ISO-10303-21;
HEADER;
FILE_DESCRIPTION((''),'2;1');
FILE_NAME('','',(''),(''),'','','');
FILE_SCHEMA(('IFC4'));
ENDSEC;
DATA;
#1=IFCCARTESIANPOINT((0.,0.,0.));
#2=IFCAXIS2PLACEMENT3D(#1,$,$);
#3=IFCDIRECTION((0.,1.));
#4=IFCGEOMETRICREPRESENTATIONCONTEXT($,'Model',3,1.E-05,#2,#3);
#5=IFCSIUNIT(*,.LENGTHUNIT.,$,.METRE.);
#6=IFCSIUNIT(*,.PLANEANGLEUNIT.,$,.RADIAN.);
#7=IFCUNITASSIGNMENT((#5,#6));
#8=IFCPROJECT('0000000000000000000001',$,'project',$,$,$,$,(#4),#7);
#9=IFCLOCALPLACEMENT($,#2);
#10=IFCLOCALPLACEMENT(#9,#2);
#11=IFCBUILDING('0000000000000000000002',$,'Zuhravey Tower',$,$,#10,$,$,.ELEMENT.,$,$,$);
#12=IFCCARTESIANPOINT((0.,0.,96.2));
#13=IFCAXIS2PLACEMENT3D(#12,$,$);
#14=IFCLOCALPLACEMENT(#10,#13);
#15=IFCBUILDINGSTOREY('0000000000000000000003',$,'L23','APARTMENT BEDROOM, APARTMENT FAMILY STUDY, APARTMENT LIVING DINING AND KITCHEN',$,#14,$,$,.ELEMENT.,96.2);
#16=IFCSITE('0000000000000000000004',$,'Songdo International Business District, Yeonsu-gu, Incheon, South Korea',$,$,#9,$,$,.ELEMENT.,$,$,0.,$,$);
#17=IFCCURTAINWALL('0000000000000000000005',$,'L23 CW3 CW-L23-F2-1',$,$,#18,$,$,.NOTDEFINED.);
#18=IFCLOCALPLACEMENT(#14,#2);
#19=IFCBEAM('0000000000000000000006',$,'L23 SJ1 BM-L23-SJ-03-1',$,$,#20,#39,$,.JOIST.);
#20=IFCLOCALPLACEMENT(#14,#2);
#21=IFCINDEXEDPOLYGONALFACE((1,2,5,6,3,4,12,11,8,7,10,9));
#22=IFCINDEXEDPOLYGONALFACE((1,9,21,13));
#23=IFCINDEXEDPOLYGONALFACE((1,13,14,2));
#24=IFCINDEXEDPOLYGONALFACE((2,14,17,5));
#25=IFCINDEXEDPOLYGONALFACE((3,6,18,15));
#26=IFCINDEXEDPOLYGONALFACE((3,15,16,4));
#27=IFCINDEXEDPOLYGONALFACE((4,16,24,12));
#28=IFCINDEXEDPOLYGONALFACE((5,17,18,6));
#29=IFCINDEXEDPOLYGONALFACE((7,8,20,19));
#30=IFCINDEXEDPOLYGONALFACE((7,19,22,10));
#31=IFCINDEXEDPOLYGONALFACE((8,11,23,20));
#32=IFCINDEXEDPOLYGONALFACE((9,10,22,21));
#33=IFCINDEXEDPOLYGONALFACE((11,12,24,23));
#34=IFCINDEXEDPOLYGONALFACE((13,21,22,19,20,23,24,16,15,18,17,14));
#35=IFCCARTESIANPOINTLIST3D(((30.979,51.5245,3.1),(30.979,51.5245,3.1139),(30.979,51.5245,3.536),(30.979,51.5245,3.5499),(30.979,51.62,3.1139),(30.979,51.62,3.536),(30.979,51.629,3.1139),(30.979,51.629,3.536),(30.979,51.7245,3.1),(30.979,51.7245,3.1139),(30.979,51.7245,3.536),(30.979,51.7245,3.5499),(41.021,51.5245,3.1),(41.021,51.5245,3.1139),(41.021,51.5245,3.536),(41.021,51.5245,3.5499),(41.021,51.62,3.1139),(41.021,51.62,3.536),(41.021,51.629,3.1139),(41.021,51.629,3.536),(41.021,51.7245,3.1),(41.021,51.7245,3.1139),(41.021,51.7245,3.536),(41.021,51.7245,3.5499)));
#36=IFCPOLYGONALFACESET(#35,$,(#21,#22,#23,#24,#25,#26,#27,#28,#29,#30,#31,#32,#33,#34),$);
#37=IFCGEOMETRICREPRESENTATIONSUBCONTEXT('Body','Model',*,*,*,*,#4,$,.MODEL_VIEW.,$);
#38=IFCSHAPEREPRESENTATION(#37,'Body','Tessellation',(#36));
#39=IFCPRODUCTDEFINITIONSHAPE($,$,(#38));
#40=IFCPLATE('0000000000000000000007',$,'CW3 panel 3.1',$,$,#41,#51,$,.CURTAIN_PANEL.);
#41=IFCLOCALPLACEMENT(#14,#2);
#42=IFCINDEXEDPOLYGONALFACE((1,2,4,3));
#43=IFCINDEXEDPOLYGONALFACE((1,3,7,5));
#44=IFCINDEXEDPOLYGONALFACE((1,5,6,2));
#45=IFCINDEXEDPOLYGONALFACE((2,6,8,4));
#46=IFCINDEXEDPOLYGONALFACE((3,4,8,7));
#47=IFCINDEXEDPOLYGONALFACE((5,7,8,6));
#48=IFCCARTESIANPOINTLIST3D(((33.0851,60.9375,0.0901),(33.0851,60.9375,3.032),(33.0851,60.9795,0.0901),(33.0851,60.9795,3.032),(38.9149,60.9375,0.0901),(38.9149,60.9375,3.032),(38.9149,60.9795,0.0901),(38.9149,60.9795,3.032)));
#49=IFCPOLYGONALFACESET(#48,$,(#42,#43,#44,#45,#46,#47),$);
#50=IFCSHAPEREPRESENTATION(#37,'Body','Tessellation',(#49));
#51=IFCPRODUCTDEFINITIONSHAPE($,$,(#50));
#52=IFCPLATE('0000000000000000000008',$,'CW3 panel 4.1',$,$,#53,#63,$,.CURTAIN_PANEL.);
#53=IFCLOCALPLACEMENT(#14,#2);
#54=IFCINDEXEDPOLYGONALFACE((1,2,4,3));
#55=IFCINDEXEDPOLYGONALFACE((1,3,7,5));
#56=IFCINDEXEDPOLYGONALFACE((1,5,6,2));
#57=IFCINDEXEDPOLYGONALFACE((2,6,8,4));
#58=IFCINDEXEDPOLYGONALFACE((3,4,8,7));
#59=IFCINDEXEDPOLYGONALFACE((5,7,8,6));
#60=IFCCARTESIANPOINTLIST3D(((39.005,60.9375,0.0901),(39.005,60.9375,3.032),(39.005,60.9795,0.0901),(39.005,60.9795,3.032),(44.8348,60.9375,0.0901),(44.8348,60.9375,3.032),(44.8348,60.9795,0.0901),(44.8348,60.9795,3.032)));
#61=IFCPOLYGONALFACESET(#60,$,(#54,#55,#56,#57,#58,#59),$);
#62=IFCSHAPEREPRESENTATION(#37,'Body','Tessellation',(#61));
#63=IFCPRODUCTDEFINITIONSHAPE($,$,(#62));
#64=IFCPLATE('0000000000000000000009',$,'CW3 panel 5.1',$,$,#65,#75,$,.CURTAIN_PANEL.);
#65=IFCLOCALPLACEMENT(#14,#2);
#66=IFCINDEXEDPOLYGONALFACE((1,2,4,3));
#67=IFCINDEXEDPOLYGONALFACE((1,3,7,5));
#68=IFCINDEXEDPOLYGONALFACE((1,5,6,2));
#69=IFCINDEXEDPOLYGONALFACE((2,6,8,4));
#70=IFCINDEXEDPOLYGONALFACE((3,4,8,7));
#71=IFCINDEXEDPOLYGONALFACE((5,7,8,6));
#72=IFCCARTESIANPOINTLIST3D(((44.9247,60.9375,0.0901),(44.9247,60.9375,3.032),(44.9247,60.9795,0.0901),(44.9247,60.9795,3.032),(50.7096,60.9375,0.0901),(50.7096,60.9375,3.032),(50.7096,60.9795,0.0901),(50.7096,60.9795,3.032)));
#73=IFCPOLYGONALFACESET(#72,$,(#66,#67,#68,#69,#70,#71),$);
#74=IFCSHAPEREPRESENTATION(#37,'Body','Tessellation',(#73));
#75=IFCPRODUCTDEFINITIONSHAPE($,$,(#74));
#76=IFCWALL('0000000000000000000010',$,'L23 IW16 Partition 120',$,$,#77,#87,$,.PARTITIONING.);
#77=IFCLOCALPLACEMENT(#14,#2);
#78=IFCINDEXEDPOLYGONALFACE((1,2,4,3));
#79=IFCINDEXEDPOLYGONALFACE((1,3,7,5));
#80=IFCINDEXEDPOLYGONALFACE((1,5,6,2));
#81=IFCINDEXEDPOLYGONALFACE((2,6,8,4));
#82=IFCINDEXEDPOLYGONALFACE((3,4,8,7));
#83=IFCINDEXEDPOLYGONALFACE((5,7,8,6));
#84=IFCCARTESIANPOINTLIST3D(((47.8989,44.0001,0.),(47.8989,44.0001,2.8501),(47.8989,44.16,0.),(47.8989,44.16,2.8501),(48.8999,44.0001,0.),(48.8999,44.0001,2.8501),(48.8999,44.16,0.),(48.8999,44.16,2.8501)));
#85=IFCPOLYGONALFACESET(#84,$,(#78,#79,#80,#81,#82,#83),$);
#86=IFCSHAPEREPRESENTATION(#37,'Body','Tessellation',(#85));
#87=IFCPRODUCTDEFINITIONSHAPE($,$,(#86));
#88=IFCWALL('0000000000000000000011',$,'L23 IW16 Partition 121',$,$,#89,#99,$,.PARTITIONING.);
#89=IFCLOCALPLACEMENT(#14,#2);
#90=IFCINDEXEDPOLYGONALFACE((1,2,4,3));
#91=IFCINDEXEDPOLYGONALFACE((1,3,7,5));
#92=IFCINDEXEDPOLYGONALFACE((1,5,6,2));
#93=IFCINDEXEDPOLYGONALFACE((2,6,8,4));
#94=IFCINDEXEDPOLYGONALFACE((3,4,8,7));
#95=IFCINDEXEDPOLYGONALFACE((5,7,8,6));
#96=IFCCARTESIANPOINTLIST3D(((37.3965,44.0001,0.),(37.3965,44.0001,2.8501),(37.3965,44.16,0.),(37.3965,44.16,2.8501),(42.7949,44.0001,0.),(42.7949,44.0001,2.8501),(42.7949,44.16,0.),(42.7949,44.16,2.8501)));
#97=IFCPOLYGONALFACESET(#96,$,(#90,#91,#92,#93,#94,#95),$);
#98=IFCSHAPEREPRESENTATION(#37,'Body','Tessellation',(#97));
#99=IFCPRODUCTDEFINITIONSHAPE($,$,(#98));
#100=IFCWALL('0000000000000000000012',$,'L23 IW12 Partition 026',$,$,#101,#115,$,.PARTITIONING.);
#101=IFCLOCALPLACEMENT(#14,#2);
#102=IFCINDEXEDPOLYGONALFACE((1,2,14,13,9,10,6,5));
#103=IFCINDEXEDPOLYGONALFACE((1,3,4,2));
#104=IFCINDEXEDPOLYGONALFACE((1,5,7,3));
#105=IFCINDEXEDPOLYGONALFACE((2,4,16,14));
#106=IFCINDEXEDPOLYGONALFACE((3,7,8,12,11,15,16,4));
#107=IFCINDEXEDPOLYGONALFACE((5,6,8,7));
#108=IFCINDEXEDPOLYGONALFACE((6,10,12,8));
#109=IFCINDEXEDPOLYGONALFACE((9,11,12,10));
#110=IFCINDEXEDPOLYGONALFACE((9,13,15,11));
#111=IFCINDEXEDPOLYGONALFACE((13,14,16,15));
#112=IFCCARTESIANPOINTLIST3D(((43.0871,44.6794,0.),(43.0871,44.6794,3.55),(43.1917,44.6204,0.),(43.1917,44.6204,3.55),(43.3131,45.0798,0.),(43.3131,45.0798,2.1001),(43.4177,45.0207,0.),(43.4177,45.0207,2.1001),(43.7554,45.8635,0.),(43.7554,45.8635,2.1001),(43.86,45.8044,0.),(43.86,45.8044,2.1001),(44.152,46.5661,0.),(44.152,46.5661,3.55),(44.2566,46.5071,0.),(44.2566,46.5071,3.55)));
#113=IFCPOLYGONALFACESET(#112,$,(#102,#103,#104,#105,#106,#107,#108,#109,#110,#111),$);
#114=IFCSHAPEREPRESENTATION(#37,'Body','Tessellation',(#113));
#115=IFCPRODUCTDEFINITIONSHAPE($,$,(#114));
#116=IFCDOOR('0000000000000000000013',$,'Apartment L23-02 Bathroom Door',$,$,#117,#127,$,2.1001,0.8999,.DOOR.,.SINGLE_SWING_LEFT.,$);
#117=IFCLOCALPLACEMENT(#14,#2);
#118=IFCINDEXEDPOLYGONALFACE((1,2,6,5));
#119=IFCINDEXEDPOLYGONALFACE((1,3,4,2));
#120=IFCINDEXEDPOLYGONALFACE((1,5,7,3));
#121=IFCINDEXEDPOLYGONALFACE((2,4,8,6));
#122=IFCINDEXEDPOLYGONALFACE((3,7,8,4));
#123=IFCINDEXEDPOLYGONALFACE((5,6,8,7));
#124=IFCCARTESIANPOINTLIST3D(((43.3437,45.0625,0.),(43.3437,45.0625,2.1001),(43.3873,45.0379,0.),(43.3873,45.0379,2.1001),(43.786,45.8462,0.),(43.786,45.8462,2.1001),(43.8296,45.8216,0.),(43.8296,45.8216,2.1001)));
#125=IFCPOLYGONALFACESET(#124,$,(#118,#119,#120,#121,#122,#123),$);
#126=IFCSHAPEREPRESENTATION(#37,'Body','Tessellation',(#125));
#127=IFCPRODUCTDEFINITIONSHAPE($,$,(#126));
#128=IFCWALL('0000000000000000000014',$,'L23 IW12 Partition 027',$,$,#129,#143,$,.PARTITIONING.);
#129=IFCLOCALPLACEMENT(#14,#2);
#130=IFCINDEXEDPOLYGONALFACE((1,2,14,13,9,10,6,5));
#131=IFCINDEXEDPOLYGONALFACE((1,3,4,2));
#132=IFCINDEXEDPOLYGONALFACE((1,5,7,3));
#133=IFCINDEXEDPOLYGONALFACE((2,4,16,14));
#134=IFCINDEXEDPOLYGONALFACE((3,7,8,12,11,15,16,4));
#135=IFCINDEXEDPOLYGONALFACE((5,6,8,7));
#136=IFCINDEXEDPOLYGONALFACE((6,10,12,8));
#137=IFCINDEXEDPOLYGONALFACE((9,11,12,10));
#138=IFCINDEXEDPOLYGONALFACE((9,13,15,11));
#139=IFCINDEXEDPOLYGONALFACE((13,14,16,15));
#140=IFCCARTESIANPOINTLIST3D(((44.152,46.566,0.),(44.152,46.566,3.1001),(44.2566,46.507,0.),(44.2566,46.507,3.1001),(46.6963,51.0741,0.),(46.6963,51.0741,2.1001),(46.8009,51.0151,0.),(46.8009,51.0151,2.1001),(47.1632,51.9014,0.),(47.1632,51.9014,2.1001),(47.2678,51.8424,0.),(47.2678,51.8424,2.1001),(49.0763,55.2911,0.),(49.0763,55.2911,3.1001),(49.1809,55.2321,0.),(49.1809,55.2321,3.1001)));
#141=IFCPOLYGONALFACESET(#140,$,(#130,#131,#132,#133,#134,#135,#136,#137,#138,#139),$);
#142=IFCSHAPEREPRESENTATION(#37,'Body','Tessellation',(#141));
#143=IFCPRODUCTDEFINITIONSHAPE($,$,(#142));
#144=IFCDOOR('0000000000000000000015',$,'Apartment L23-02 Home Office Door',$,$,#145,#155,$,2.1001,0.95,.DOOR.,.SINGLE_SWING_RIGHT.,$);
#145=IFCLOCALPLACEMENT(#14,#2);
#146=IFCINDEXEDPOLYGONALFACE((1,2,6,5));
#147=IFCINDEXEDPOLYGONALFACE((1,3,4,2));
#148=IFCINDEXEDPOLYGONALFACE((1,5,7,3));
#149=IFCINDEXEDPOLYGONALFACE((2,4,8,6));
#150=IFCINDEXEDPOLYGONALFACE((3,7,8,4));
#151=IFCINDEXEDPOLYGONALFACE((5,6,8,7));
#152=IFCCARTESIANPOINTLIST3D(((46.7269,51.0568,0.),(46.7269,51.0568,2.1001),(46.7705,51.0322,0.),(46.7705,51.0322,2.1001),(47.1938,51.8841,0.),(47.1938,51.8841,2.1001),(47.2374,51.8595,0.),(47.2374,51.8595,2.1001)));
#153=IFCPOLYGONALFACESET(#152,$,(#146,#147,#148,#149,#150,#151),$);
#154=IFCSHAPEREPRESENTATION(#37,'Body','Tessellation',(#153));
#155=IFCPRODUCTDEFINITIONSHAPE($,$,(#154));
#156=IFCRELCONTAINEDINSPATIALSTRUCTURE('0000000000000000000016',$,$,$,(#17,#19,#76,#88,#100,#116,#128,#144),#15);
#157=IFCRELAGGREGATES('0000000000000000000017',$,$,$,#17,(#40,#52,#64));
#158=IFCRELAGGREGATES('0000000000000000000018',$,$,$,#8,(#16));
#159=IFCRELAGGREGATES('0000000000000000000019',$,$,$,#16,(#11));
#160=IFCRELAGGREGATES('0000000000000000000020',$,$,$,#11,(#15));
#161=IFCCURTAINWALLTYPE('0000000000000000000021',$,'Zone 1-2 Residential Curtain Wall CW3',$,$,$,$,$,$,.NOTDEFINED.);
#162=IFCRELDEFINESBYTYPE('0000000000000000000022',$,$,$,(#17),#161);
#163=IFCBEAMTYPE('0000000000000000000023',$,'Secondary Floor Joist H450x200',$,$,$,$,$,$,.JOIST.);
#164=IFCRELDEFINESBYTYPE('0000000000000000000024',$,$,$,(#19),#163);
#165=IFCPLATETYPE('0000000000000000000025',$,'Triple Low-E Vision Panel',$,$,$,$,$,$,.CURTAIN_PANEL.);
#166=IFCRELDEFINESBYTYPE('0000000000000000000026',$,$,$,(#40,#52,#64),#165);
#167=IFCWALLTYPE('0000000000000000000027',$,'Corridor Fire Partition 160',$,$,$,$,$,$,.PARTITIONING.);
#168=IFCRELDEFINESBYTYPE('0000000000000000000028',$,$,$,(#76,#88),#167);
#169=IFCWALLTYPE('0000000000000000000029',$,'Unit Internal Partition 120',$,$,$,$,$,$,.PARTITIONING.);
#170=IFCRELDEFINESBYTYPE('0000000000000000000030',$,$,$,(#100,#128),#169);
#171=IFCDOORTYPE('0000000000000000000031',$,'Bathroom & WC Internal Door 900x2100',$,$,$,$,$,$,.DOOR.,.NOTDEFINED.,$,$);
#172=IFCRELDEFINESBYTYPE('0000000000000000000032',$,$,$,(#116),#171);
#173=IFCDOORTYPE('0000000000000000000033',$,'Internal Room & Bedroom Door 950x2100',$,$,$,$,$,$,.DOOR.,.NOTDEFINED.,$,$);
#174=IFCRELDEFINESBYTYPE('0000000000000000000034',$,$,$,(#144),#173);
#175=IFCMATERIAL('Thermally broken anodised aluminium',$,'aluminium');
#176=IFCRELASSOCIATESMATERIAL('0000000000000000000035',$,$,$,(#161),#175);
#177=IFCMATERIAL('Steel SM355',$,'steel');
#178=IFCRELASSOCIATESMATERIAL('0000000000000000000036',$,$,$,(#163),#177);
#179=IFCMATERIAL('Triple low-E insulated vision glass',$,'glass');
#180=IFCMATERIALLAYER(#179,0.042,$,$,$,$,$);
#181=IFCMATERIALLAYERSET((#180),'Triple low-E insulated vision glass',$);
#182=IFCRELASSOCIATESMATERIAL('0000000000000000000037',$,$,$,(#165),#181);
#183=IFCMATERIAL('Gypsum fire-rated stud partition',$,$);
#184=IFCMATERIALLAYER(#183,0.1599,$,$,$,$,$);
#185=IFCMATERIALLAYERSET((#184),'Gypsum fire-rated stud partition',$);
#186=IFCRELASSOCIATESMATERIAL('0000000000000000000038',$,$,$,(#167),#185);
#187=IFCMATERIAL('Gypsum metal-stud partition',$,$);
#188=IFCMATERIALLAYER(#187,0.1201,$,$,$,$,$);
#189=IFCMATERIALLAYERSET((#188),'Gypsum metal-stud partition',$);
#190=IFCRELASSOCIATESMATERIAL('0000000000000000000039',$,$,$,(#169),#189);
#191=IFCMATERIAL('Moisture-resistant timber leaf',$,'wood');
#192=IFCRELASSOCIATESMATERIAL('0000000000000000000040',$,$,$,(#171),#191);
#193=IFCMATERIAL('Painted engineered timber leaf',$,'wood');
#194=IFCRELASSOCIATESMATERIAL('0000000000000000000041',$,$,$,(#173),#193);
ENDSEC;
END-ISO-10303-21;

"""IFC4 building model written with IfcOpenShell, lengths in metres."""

from ifc_helpers import new_model, si_unit, direction, frame, frame_2d, origin, origin_2d, place, context, subcontext, project, spatial, rectangle, i_section, extrude, material, layer, layer_set, material_profile, profile_set, type_object, element, fill, aggregate, save


model = new_model("IFC4")

# Units and contexts
model_context = context("Model", 3, precision=1e-05, world=origin(), true_north=direction((0.0, 1.0)))
body_context = subcontext(model_context, "Body", "Model", "MODEL_VIEW")
ifc_project = project(units=[si_unit("LENGTHUNIT", "METRE"), si_unit("PLANEANGLEUNIT", "RADIAN")], contexts=[model_context])

# Site, building, storey
site_placement = place(None, origin())
site = spatial("IfcSite", under=ifc_project, at=site_placement, Name="Songdo International Business District, Yeonsu-gu, Incheon, South Korea", CompositionType="ELEMENT", RefElevation=0.0)
building_placement = place(site_placement, origin())
building = spatial("IfcBuilding", under=site, at=building_placement, Name="Zuhravey Tower", CompositionType="ELEMENT")
storey_placement = place(building_placement, frame((0.0, 0.0, 96.2)))
storey = spatial("IfcBuildingStorey", under=building, at=storey_placement, Name="L23", Description="APARTMENT BEDROOM, APARTMENT FAMILY STUDY, APARTMENT LIVING DINING AND KITCHEN", CompositionType="ELEMENT", Elevation=96.2)

# Curtain wall
ifc_material_1 = material(Name="Thermally broken anodised aluminium", Category="aluminium")
curtain_wall_type = type_object("IfcCurtainWallType", Name="Zone 1-2 Residential Curtain Wall CW3", PredefinedType="NOTDEFINED", material=ifc_material_1)
curtain_wall_placement = place(storey_placement, origin())
curtain_wall = element("IfcCurtainWall", 1, at=curtain_wall_placement, inside=storey, type_object=curtain_wall_type, Name="L23 CW3 CW-L23-F2-1", PredefinedType="NOTDEFINED")

# Beam
ifc_material_2 = material(Name="Steel SM355", Category="steel")
ifc_material_profile_1 = material_profile(ifc_material_2, i_section(OverallWidth=0.2, OverallDepth=0.45, WebThickness=0.009, FlangeThickness=0.0139, at=origin_2d()), Name="H-450x200x9x14")
ifc_profile_set_1 = profile_set([ifc_material_profile_1], Name="Steel SM355")
beam_type_1 = type_object("IfcBeamType", Name="Secondary Floor Joist H450x200", PredefinedType="JOIST", material=ifc_profile_set_1)
beam_1_placement = place(storey_placement, frame((41.021, 51.6245, 3.325), z_axis=(-1.0, 0.0, 0.0), x_axis=(0.0, -1.0, 0.0)))
element("IfcBeam", 2, at=beam_1_placement, inside=storey, type_object=beam_type_1, Name="L23 SJ1 BM-L23-SJ-03-1", PredefinedType="JOIST", context=body_context, shape_type="SweptSolid", body=[
    extrude(i_section(OverallWidth=0.2, OverallDepth=0.45, WebThickness=0.009, FlangeThickness=0.0139, at=origin_2d()), origin(), (0.0, 0.0, 1.0), 10.042),
])

# Plates
ifc_material_3 = material(Name="Triple low-E insulated vision glass", Category="glass")
ifc_layer_1 = layer(ifc_material_3, 0.042)
ifc_layer_set_1 = layer_set([ifc_layer_1], Name="Triple low-E insulated vision glass")
plate_type = type_object("IfcPlateType", Name="Triple Low-E Vision Panel", PredefinedType="CURTAIN_PANEL", material=ifc_layer_set_1)
plate_1_placement = place(storey_placement, frame((36.0, 60.9585, 0.0901), z_axis=(0.0, 0.0, 1.0), x_axis=(1.0, 0.0, 0.0)))
plate_1 = element("IfcPlate", 3, at=plate_1_placement, type_object=plate_type, Name="CW3 panel 3.1", PredefinedType="CURTAIN_PANEL", context=body_context, shape_type="SweptSolid", body=[
    extrude(rectangle(XDim=5.8298, YDim=0.042, at=origin_2d()), origin(), (0.0, 0.0, 1.0), 2.9419),
])
plate_2_placement = place(storey_placement, frame((41.9199, 60.9585, 0.0901), z_axis=(0.0, 0.0, 1.0), x_axis=(1.0, 0.0, 0.0)))
plate_2 = element("IfcPlate", 4, at=plate_2_placement, type_object=plate_type, Name="CW3 panel 4.1", PredefinedType="CURTAIN_PANEL", context=body_context, shape_type="SweptSolid", body=[
    extrude(rectangle(XDim=5.8298, YDim=0.042, at=origin_2d()), origin(), (0.0, 0.0, 1.0), 2.9419),
])
plate_3_placement = place(storey_placement, frame((47.8171, 60.9585, 0.0901), z_axis=(0.0, 0.0, 1.0), x_axis=(1.0, 0.0, 0.0)))
plate_3 = element("IfcPlate", 5, at=plate_3_placement, type_object=plate_type, Name="CW3 panel 5.1", PredefinedType="CURTAIN_PANEL", context=body_context, shape_type="SweptSolid", body=[
    extrude(rectangle(XDim=5.7849, YDim=0.042, at=origin_2d()), origin(), (0.0, 0.0, 1.0), 2.9419),
])
aggregate(curtain_wall, [plate_1, plate_2, plate_3])

# Shared definitions
ifc_material_4 = material(Name="Gypsum fire-rated stud partition")
ifc_layer_2 = layer(ifc_material_4, 0.1599)
ifc_layer_set_2 = layer_set([ifc_layer_2], Name="Gypsum fire-rated stud partition")
wall_type_1 = type_object("IfcWallType", Name="Corridor Fire Partition 160", PredefinedType="PARTITIONING", material=ifc_layer_set_2)

# Walls
wall_1_placement = place(storey_placement, frame((48.8999, 44.0801, 0.0), z_axis=(0.0, 0.0, 1.0), x_axis=(-1.0, 0.0, 0.0)))
element("IfcWall", 6, at=wall_1_placement, inside=storey, type_object=wall_type_1, Name="L23 IW16 Partition 120", PredefinedType="PARTITIONING", context=body_context, shape_type="SweptSolid", body=[
    extrude(rectangle(XDim=1.001, YDim=0.1599, at=frame_2d((0.5005, 0.0))), origin(), (0.0, 0.0, 1.0), 2.8501),
])
wall_2_placement = place(storey_placement, frame((42.7949, 44.0801, 0.0), z_axis=(0.0, 0.0, 1.0), x_axis=(-1.0, 0.0, 0.0)))
element("IfcWall", 7, at=wall_2_placement, inside=storey, type_object=wall_type_1, Name="L23 IW16 Partition 121", PredefinedType="PARTITIONING", context=body_context, shape_type="SweptSolid", body=[
    extrude(rectangle(XDim=5.3984, YDim=0.1599, at=frame_2d((2.6992, 0.0))), origin(), (0.0, 0.0, 1.0), 2.8501),
])

# Walls, openings, doors
ifc_material_5 = material(Name="Gypsum metal-stud partition")
ifc_layer_3 = layer(ifc_material_5, 0.1201)
ifc_layer_set_3 = layer_set([ifc_layer_3], Name="Gypsum metal-stud partition")
wall_type_2 = type_object("IfcWallType", Name="Unit Internal Partition 120", PredefinedType="PARTITIONING", material=ifc_layer_set_3)
wall_3_placement = place(storey_placement, frame((43.1394, 44.6499, 0.0), z_axis=(0.0, 0.0, 1.0), x_axis=(0.491545, 0.870852, 0.0)))
wall_3 = element("IfcWall", 8, at=wall_3_placement, inside=storey, type_object=wall_type_2, Name="L23 IW12 Partition 026", PredefinedType="PARTITIONING", context=body_context, shape_type="SweptSolid", body=[
    extrude(rectangle(XDim=2.1665, YDim=0.1201, at=frame_2d((1.0833, 0.0))), origin(), (0.0, 0.0, 1.0), 3.55),
])
opening_1_placement = place(wall_3_placement, frame((0.4597, 0.0, 0.0)))
opening_1 = element("IfcOpeningElement", 9, at=opening_1_placement, cuts=wall_3, PredefinedType="OPENING", context=body_context, shape_type="SweptSolid", body=[
    extrude(rectangle(XDim=0.8999, YDim=2.1001, at=frame_2d((0.45, 1.05))), frame((0.0, 0.072, 0.0), z_axis=(0.0, -1.0, 0.0), x_axis=(1.0, 0.0, 0.0)), (0.0, 0.0, 1.0), 0.144),
])
ifc_material_6 = material(Name="Moisture-resistant timber leaf", Category="wood")
door_type_1 = type_object("IfcDoorType", Name="Bathroom & WC Internal Door 900x2100", OperationType="NOTDEFINED", PredefinedType="DOOR", material=ifc_material_6)
door_1_placement = place(opening_1_placement, origin())
door_1 = element("IfcDoor", 10, at=door_1_placement, inside=storey, type_object=door_type_1, Name="Apartment L23-02 Bathroom Door", OperationType="SINGLE_SWING_LEFT", OverallHeight=2.1001, OverallWidth=0.8999, PredefinedType="DOOR", context=body_context, shape_type="SweptSolid", body=[
    extrude(rectangle(XDim=0.8999, YDim=2.1001, at=frame_2d((0.45, 1.05))), frame((0.0, 0.0249, 0.0), z_axis=(0.0, -1.0, 0.0), x_axis=(1.0, 0.0, 0.0)), (0.0, 0.0, 1.0), 0.05),
])
fill(opening_1, door_1)
wall_4_placement = place(storey_placement, frame((44.2043, 46.5366, 0.0), z_axis=(0.0, 0.0, 1.0), x_axis=(0.491508, 0.870873, 0.0)))
wall_4 = element("IfcWall", 11, at=wall_4_placement, inside=storey, type_object=wall_type_2, Name="L23 IW12 Partition 027", PredefinedType="PARTITIONING", context=body_context, shape_type="SweptSolid", body=[
    extrude(rectangle(XDim=10.0188, YDim=0.1201, at=frame_2d((5.0093, 0.0))), origin(), (0.0, 0.0, 1.0), 3.1001),
])
opening_2_placement = place(wall_4_placement, frame((5.1763, 0.0, 0.0)))
opening_2 = element("IfcOpeningElement", 12, at=opening_2_placement, cuts=wall_4, PredefinedType="OPENING", context=body_context, shape_type="SweptSolid", body=[
    extrude(rectangle(XDim=0.95, YDim=2.1001, at=frame_2d((0.4751, 1.05))), frame((0.0, 0.072, 0.0), z_axis=(0.0, -1.0, 0.0), x_axis=(1.0, 0.0, 0.0)), (0.0, 0.0, 1.0), 0.144),
])
ifc_material_7 = material(Name="Painted engineered timber leaf", Category="wood")
door_type_2 = type_object("IfcDoorType", Name="Internal Room & Bedroom Door 950x2100", OperationType="NOTDEFINED", PredefinedType="DOOR", material=ifc_material_7)
door_2_placement = place(opening_2_placement, origin())
door_2 = element("IfcDoor", 13, at=door_2_placement, inside=storey, type_object=door_type_2, Name="Apartment L23-02 Home Office Door", OperationType="SINGLE_SWING_RIGHT", OverallHeight=2.1001, OverallWidth=0.95, PredefinedType="DOOR", context=body_context, shape_type="SweptSolid", body=[
    extrude(rectangle(XDim=0.95, YDim=2.1001, at=frame_2d((0.4751, 1.05))), frame((0.0, 0.0249, 0.0), z_axis=(0.0, -1.0, 0.0), x_axis=(1.0, 0.0, 0.0)), (0.0, 0.0, 1.0), 0.05),
])
fill(opening_2, door_2)

save(model, "model.ifc")
